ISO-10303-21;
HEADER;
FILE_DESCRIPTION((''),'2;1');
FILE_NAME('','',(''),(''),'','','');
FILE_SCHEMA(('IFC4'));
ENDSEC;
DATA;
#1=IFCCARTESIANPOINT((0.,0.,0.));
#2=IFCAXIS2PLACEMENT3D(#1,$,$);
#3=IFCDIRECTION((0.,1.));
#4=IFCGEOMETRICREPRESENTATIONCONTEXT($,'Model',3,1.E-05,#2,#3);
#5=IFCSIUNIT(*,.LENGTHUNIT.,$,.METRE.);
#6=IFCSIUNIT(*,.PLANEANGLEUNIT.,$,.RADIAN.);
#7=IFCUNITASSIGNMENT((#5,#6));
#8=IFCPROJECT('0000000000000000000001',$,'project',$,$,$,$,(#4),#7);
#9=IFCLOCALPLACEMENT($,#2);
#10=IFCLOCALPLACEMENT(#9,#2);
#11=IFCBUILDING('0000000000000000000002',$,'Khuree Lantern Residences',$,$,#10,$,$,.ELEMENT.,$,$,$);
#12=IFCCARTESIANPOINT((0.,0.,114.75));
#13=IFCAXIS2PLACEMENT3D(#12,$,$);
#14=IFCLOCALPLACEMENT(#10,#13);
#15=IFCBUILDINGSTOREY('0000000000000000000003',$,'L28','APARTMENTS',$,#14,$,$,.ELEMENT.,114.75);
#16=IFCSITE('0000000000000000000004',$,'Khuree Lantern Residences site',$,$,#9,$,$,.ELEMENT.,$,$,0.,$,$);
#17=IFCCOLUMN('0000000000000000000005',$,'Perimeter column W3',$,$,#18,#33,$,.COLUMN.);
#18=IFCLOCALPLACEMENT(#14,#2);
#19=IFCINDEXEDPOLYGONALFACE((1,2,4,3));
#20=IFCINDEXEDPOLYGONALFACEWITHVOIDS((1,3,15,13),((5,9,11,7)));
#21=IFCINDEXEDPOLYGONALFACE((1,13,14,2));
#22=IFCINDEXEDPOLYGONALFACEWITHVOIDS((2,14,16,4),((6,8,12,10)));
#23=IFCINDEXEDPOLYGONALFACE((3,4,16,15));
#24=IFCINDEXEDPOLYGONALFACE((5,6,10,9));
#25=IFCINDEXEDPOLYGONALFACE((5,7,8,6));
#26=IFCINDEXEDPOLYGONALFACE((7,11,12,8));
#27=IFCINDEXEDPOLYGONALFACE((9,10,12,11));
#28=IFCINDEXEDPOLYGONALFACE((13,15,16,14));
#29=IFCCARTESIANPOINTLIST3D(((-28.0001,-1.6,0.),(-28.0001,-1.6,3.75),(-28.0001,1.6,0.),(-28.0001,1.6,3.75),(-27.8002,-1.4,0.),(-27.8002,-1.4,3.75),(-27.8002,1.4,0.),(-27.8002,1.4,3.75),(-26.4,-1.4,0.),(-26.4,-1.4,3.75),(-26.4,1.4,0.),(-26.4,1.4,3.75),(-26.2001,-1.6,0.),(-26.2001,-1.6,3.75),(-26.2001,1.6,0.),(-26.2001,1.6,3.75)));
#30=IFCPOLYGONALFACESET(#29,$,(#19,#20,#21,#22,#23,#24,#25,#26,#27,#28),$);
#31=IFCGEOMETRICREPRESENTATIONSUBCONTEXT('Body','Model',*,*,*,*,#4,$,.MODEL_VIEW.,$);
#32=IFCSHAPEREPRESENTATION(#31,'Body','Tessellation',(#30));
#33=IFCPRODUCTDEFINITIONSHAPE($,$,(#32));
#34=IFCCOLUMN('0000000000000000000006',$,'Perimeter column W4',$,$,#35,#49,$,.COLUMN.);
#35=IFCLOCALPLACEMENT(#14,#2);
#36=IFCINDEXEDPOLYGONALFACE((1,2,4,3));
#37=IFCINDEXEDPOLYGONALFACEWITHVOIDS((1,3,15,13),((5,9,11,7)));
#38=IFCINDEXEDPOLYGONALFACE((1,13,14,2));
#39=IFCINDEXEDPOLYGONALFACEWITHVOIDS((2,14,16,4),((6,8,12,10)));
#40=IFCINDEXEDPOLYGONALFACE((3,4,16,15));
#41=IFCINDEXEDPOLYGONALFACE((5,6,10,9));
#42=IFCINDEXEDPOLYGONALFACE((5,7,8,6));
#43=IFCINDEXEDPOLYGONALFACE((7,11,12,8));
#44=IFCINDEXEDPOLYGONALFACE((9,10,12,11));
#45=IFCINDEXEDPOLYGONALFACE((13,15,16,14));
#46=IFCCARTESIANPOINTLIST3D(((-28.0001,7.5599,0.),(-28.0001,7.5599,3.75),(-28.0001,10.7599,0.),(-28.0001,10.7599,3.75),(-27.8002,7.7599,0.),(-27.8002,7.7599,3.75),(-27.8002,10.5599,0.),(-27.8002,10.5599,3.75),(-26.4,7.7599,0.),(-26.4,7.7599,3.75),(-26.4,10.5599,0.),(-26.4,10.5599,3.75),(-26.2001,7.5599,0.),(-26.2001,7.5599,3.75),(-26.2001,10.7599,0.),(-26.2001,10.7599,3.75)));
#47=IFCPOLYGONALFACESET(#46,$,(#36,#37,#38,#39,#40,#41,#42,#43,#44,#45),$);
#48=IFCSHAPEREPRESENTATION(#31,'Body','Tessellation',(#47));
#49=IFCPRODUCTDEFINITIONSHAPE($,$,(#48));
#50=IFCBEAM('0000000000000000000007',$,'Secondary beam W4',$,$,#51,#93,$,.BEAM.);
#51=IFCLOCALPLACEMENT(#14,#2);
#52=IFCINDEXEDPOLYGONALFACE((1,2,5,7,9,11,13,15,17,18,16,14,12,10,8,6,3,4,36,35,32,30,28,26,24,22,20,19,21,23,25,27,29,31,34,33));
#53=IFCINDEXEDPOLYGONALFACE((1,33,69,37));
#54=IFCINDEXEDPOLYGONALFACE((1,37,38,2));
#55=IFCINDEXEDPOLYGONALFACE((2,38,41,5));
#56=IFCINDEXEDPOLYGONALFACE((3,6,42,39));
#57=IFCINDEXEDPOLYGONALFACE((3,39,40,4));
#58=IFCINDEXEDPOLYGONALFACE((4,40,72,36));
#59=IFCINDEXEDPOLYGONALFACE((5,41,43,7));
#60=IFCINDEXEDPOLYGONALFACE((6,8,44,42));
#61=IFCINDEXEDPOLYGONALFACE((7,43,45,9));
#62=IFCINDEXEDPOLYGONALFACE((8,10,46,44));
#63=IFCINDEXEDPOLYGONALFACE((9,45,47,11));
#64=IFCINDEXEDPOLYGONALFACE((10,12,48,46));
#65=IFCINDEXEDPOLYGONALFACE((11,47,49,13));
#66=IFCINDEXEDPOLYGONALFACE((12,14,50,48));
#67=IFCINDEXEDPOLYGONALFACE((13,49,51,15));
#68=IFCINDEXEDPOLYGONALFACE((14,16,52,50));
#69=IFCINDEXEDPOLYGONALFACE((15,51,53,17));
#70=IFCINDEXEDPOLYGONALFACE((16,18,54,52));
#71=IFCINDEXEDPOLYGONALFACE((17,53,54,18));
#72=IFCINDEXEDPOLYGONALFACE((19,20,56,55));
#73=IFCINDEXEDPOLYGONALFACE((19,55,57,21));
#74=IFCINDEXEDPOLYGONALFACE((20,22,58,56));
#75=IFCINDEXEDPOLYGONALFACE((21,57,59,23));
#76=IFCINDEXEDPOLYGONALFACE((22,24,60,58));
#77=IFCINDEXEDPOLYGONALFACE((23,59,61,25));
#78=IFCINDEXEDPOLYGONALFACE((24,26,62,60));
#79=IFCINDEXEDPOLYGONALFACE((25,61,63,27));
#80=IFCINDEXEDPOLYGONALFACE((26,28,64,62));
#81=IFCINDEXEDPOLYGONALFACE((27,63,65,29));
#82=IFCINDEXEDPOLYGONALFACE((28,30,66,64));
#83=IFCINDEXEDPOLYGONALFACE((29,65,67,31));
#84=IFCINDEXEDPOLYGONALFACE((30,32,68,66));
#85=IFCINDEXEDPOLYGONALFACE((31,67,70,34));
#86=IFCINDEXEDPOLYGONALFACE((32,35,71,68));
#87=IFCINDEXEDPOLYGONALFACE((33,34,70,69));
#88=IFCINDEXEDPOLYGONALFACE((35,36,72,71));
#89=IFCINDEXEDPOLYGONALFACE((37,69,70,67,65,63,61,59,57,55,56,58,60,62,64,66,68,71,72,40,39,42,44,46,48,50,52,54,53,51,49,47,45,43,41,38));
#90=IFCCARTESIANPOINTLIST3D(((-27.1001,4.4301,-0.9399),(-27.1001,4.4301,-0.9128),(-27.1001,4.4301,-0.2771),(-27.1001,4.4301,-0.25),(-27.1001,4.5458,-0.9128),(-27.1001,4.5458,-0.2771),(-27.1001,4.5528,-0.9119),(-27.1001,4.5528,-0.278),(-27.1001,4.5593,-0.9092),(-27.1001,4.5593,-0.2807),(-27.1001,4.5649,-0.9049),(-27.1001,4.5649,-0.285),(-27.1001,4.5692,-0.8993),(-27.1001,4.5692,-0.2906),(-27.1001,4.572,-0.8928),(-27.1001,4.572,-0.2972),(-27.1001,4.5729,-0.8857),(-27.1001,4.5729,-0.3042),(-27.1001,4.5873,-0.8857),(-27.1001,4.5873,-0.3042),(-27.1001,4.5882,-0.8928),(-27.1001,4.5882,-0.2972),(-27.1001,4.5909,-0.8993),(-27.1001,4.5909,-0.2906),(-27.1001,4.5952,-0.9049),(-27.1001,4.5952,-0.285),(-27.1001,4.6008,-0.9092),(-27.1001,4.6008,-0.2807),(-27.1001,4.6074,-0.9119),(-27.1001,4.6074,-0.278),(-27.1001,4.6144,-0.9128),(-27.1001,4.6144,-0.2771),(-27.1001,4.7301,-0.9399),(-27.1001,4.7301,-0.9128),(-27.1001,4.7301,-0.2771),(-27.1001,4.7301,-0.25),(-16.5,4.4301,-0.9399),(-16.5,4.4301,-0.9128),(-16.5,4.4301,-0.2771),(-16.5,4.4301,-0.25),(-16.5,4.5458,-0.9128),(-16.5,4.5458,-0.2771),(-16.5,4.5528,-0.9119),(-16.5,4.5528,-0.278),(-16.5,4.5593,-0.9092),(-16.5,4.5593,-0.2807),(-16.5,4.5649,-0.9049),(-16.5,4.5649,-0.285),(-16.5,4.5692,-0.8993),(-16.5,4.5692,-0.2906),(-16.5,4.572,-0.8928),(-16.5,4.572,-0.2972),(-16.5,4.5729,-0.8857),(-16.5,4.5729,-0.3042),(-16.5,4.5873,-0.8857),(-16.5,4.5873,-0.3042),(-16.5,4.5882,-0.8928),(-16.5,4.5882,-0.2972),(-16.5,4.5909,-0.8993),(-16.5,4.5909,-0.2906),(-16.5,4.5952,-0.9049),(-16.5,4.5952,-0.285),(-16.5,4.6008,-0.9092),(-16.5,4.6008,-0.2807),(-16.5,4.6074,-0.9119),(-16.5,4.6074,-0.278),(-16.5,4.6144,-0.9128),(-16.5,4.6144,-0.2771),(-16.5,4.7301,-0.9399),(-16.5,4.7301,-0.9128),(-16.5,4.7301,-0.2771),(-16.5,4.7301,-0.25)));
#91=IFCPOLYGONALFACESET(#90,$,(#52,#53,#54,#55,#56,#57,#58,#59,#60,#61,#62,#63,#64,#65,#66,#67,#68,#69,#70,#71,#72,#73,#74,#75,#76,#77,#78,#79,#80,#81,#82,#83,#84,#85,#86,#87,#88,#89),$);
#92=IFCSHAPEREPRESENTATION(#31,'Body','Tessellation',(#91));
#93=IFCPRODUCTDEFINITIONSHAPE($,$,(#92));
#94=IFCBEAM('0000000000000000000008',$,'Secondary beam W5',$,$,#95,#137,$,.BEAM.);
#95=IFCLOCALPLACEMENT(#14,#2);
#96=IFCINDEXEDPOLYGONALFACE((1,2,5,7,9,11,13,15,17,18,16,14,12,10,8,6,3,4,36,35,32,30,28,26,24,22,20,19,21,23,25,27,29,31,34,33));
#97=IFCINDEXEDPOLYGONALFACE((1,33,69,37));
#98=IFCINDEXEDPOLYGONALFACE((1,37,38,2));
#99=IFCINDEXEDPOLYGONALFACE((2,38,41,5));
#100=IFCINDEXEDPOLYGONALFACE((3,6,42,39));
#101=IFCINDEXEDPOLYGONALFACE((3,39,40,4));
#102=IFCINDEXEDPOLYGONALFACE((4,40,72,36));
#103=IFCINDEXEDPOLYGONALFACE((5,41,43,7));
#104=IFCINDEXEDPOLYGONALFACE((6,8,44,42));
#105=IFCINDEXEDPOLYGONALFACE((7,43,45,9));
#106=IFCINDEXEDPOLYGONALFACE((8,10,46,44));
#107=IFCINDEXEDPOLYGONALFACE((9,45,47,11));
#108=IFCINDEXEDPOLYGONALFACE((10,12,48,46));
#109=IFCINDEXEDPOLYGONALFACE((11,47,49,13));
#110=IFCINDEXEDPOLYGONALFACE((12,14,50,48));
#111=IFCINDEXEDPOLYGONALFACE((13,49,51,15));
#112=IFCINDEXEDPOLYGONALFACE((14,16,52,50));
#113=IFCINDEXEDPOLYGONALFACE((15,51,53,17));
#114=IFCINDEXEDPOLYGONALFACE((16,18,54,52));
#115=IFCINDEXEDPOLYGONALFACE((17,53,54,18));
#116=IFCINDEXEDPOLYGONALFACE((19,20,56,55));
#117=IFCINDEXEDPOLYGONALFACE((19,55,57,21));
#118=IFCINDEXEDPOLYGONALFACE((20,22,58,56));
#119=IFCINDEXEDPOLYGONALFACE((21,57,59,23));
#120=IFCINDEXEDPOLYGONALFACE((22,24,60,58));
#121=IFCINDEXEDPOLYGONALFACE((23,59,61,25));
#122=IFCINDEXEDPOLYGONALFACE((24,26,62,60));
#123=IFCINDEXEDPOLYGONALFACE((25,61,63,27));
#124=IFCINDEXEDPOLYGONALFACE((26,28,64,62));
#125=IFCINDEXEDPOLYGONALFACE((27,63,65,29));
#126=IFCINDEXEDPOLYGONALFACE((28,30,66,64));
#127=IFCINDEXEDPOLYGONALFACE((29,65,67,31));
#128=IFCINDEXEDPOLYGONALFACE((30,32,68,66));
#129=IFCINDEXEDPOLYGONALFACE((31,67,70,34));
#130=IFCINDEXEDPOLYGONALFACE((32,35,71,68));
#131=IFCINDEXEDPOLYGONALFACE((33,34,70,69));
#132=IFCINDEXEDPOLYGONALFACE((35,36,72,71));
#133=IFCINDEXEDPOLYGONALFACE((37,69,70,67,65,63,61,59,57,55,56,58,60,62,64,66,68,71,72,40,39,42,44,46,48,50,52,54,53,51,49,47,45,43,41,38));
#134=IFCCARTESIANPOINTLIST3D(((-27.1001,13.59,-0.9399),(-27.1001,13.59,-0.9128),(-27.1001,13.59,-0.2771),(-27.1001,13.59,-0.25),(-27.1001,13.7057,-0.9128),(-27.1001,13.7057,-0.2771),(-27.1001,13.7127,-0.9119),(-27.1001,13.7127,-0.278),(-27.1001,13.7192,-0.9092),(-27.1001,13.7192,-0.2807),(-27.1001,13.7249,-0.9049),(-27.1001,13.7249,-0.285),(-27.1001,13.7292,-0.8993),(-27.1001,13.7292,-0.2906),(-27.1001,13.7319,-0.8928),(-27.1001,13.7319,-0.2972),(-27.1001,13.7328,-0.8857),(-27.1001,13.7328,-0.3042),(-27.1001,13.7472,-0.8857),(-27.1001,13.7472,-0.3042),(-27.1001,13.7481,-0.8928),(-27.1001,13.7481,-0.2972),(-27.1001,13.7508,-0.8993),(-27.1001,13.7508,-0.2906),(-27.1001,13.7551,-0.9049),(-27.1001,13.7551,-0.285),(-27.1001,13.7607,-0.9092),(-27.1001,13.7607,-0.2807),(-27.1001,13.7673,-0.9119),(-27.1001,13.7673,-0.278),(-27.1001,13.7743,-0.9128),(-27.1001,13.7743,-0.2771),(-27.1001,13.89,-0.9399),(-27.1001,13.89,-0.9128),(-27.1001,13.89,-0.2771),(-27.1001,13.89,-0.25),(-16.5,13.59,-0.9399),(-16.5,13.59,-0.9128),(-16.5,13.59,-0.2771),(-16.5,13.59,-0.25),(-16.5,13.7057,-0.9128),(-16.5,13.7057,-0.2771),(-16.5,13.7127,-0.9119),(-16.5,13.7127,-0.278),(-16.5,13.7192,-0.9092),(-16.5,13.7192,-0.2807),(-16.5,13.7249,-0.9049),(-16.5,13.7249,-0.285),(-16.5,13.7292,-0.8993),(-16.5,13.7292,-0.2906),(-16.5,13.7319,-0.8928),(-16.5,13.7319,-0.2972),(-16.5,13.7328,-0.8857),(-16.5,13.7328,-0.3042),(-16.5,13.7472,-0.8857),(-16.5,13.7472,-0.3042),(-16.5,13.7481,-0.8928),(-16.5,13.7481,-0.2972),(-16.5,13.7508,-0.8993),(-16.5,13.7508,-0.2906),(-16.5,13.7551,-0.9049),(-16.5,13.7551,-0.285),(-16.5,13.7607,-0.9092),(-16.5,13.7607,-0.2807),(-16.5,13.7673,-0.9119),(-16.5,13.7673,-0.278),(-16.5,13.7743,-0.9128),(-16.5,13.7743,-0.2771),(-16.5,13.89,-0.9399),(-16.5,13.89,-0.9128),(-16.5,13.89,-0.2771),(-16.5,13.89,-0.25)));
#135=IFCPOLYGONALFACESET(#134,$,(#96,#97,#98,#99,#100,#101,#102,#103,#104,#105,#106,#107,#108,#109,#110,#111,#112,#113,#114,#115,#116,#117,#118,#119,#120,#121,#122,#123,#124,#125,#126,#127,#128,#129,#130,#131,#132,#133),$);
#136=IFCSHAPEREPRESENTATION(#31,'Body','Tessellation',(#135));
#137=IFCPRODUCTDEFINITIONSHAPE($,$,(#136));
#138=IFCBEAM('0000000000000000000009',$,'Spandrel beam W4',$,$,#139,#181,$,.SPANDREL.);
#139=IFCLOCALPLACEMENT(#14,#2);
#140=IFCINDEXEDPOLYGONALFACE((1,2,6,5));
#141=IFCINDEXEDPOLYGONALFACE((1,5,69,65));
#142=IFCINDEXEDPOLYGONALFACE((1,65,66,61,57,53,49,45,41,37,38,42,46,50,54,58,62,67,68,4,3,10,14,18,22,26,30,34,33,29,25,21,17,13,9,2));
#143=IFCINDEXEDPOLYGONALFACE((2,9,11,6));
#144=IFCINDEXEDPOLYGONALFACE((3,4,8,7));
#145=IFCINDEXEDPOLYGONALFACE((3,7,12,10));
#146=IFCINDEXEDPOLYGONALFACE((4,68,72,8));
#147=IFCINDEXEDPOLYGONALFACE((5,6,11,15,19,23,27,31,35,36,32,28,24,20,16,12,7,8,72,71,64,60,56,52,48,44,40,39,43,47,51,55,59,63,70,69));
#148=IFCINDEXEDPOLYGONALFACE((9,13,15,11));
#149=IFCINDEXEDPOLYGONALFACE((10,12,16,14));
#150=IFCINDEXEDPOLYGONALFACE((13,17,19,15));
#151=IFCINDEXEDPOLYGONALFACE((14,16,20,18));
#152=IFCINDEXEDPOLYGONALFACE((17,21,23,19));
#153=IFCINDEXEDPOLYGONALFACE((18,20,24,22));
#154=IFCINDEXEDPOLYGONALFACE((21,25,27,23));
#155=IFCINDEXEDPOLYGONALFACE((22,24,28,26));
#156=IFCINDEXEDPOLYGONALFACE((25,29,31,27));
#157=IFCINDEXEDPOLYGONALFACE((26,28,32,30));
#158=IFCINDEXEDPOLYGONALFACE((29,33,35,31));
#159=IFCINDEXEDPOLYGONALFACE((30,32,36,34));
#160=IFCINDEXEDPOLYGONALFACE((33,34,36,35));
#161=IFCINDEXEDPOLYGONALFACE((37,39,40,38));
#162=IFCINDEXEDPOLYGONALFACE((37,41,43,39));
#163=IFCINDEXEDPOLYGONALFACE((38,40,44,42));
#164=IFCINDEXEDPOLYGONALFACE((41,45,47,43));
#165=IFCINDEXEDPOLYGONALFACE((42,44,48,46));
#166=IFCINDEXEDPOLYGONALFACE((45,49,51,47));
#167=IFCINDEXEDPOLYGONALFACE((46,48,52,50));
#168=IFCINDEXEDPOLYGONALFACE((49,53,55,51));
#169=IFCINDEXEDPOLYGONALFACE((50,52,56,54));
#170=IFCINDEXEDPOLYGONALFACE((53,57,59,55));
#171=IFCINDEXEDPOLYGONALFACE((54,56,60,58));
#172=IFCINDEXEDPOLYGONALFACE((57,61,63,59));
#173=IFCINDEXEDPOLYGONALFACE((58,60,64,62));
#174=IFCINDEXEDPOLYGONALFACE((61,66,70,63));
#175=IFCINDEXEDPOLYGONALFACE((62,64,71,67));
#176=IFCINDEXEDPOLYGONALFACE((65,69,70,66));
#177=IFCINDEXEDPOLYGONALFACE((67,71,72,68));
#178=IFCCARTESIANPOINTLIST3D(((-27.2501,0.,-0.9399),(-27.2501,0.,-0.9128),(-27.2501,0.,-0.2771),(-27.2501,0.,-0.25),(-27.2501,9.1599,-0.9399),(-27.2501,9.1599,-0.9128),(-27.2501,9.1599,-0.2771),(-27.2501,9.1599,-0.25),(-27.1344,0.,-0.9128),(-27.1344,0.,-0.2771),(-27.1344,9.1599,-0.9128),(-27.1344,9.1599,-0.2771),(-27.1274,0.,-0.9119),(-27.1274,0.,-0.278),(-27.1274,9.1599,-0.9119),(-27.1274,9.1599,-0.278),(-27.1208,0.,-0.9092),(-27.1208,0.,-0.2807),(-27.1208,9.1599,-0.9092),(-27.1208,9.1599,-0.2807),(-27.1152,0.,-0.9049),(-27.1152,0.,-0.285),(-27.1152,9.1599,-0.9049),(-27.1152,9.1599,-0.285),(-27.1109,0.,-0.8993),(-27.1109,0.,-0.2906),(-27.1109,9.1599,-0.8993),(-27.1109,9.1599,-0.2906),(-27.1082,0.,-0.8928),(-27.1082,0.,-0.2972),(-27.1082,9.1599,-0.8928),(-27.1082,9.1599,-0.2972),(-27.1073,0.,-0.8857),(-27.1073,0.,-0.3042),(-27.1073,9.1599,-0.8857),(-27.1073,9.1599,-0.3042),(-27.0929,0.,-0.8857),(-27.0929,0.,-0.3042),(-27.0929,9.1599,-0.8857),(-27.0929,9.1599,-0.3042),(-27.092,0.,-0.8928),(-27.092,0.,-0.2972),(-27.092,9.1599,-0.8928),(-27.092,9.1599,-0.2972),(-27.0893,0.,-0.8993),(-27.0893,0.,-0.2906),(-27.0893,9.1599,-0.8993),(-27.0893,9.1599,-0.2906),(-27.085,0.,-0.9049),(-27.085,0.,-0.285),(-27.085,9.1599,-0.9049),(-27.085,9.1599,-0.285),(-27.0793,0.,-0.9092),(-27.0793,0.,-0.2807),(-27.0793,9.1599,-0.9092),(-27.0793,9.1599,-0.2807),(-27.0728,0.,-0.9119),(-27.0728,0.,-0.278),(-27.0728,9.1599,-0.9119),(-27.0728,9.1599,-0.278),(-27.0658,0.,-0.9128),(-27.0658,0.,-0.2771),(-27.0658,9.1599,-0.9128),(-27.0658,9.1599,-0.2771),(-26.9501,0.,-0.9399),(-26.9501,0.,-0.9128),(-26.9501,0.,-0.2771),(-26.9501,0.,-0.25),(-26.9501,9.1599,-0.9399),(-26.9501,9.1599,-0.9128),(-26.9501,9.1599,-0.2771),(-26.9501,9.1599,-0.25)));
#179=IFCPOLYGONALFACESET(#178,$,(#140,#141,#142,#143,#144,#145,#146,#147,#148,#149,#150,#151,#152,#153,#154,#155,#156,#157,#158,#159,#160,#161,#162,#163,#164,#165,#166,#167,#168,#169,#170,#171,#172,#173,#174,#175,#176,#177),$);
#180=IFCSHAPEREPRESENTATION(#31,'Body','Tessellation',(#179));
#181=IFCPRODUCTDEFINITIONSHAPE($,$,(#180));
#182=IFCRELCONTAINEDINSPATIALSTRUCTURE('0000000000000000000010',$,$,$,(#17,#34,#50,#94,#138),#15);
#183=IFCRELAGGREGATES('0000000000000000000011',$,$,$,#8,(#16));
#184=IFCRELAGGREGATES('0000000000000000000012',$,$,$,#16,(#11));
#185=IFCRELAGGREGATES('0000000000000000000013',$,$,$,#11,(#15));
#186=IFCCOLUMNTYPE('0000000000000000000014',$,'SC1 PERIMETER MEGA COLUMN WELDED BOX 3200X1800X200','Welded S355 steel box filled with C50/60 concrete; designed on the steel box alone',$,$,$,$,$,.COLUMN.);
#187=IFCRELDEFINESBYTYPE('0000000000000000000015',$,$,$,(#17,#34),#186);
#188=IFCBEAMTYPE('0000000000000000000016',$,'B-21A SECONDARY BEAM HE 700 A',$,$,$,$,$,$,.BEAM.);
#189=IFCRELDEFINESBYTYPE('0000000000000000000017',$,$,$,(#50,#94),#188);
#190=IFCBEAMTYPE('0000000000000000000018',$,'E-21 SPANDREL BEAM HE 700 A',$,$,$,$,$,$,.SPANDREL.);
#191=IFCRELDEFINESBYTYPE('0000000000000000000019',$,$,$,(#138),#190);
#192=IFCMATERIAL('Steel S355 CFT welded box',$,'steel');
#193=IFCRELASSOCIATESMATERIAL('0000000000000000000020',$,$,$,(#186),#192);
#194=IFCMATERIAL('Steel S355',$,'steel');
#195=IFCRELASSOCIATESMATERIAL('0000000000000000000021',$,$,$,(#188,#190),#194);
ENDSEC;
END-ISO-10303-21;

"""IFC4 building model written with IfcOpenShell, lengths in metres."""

from ifc_helpers import new_model, si_unit, direction, frame, origin, origin_2d, place, context, subcontext, project, spatial, hollow_rectangle, i_section, extrude, material, material_profile, profile_set, type_object, element, save


model = new_model("IFC4")

# Units and contexts
model_context = context("Model", 3, precision=1e-05, world=origin(), true_north=direction((0.0, 1.0)))
body_context = subcontext(model_context, "Body", "Model", "MODEL_VIEW")
ifc_project = project(units=[si_unit("LENGTHUNIT", "METRE"), si_unit("PLANEANGLEUNIT", "RADIAN")], contexts=[model_context])

# Site, building, storey
site_placement = place(None, origin())
site = spatial("IfcSite", under=ifc_project, at=site_placement, Name="Khuree Lantern Residences site", CompositionType="ELEMENT", RefElevation=0.0)
building_placement = place(site_placement, origin())
building = spatial("IfcBuilding", under=site, at=building_placement, Name="Khuree Lantern Residences", CompositionType="ELEMENT")
storey_placement = place(building_placement, frame((0.0, 0.0, 114.75)))
storey = spatial("IfcBuildingStorey", under=building, at=storey_placement, Name="L28", Description="APARTMENTS", CompositionType="ELEMENT", Elevation=114.75)

# Columns
ifc_material_1 = material(Name="Steel S355 CFT welded box", Category="steel")
ifc_material_profile_1 = material_profile(ifc_material_1, hollow_rectangle(XDim=3.2, YDim=1.8, WallThickness=0.2, at=origin_2d()), Name="WELDED BOX 3200X1800X200")
ifc_profile_set_1 = profile_set([ifc_material_profile_1], Name="Steel S355 CFT welded box")
column_type = type_object("IfcColumnType", Name="SC1 PERIMETER MEGA COLUMN WELDED BOX 3200X1800X200", Description="Welded S355 steel box filled with C50/60 concrete; designed on the steel box alone", PredefinedType="COLUMN", material=ifc_profile_set_1)
for number, where, z_axis, x_axis, name in (
    (1, (-27.1001, 0.0, 0.0), (0.0, 0.0, 1.0), (0.0, 1.0, 0.0), "Perimeter column W3"),
    (2, (-27.1001, 9.1599, 0.0), (0.0, 0.0, 1.0), (0.0, 1.0, 0.0), "Perimeter column W4"),
):
    element("IfcColumn", number, at=place(storey_placement, frame(where, z_axis=z_axis, x_axis=x_axis)), inside=storey, type_object=column_type, Name=name, PredefinedType="COLUMN", context=body_context, shape_type="SweptSolid", body=[
        extrude(hollow_rectangle(XDim=3.2, YDim=1.8, WallThickness=0.2, at=origin_2d()), origin(), (0.0, 0.0, 1.0), 3.75),
    ])

# Beams
ifc_material_2 = material(Name="Steel S355", Category="steel")
ifc_material_profile_2 = material_profile(ifc_material_2, i_section(OverallWidth=0.3, OverallDepth=0.6899, WebThickness=0.0144, FlangeThickness=0.0271, FilletRadius=0.0271, at=origin_2d()), Name="HE 700 A")
ifc_profile_set_2 = profile_set([ifc_material_profile_2], Name="Steel S355")
beam_type_1 = type_object("IfcBeamType", Name="B-21A SECONDARY BEAM HE 700 A", PredefinedType="BEAM", material=ifc_profile_set_2)
for number, where, z_axis, x_axis, name in (
    (3, (-27.1001, 4.5801, -0.595), (1.0, 0.0, 0.0), (0.0, 1.0, 0.0), "Secondary beam W4"),
    (4, (-27.1001, 13.74, -0.595), (1.0, 0.0, 0.0), (0.0, 1.0, 0.0), "Secondary beam W5"),
):
    element("IfcBeam", number, at=place(storey_placement, frame(where, z_axis=z_axis, x_axis=x_axis)), inside=storey, type_object=beam_type_1, Name=name, PredefinedType="BEAM", context=body_context, shape_type="SweptSolid", body=[
        extrude(i_section(OverallWidth=0.3, OverallDepth=0.6899, WebThickness=0.0144, FlangeThickness=0.0271, FilletRadius=0.0271, at=origin_2d()), origin(), (0.0, 0.0, 1.0), 10.6001),
    ])
ifc_material_profile_3 = material_profile(ifc_material_2, i_section(OverallWidth=0.3, OverallDepth=0.6899, WebThickness=0.0144, FlangeThickness=0.0271, FilletRadius=0.0271, at=origin_2d()), Name="HE 700 A")
ifc_profile_set_3 = profile_set([ifc_material_profile_3], Name="Steel S355")
beam_type_2 = type_object("IfcBeamType", Name="E-21 SPANDREL BEAM HE 700 A", PredefinedType="SPANDREL", material=ifc_profile_set_3)
beam_1_placement = place(storey_placement, frame((-27.1001, 0.0, -0.595), z_axis=(0.0, 1.0, 0.0), x_axis=(-1.0, 0.0, 0.0)))
element("IfcBeam", 5, at=beam_1_placement, inside=storey, type_object=beam_type_2, Name="Spandrel beam W4", PredefinedType="SPANDREL", context=body_context, shape_type="SweptSolid", body=[
    extrude(i_section(OverallWidth=0.3, OverallDepth=0.6899, WebThickness=0.0144, FlangeThickness=0.0271, FilletRadius=0.0271, at=origin_2d()), origin(), (0.0, 0.0, 1.0), 9.1599),
])

save(model, "model.ifc")
